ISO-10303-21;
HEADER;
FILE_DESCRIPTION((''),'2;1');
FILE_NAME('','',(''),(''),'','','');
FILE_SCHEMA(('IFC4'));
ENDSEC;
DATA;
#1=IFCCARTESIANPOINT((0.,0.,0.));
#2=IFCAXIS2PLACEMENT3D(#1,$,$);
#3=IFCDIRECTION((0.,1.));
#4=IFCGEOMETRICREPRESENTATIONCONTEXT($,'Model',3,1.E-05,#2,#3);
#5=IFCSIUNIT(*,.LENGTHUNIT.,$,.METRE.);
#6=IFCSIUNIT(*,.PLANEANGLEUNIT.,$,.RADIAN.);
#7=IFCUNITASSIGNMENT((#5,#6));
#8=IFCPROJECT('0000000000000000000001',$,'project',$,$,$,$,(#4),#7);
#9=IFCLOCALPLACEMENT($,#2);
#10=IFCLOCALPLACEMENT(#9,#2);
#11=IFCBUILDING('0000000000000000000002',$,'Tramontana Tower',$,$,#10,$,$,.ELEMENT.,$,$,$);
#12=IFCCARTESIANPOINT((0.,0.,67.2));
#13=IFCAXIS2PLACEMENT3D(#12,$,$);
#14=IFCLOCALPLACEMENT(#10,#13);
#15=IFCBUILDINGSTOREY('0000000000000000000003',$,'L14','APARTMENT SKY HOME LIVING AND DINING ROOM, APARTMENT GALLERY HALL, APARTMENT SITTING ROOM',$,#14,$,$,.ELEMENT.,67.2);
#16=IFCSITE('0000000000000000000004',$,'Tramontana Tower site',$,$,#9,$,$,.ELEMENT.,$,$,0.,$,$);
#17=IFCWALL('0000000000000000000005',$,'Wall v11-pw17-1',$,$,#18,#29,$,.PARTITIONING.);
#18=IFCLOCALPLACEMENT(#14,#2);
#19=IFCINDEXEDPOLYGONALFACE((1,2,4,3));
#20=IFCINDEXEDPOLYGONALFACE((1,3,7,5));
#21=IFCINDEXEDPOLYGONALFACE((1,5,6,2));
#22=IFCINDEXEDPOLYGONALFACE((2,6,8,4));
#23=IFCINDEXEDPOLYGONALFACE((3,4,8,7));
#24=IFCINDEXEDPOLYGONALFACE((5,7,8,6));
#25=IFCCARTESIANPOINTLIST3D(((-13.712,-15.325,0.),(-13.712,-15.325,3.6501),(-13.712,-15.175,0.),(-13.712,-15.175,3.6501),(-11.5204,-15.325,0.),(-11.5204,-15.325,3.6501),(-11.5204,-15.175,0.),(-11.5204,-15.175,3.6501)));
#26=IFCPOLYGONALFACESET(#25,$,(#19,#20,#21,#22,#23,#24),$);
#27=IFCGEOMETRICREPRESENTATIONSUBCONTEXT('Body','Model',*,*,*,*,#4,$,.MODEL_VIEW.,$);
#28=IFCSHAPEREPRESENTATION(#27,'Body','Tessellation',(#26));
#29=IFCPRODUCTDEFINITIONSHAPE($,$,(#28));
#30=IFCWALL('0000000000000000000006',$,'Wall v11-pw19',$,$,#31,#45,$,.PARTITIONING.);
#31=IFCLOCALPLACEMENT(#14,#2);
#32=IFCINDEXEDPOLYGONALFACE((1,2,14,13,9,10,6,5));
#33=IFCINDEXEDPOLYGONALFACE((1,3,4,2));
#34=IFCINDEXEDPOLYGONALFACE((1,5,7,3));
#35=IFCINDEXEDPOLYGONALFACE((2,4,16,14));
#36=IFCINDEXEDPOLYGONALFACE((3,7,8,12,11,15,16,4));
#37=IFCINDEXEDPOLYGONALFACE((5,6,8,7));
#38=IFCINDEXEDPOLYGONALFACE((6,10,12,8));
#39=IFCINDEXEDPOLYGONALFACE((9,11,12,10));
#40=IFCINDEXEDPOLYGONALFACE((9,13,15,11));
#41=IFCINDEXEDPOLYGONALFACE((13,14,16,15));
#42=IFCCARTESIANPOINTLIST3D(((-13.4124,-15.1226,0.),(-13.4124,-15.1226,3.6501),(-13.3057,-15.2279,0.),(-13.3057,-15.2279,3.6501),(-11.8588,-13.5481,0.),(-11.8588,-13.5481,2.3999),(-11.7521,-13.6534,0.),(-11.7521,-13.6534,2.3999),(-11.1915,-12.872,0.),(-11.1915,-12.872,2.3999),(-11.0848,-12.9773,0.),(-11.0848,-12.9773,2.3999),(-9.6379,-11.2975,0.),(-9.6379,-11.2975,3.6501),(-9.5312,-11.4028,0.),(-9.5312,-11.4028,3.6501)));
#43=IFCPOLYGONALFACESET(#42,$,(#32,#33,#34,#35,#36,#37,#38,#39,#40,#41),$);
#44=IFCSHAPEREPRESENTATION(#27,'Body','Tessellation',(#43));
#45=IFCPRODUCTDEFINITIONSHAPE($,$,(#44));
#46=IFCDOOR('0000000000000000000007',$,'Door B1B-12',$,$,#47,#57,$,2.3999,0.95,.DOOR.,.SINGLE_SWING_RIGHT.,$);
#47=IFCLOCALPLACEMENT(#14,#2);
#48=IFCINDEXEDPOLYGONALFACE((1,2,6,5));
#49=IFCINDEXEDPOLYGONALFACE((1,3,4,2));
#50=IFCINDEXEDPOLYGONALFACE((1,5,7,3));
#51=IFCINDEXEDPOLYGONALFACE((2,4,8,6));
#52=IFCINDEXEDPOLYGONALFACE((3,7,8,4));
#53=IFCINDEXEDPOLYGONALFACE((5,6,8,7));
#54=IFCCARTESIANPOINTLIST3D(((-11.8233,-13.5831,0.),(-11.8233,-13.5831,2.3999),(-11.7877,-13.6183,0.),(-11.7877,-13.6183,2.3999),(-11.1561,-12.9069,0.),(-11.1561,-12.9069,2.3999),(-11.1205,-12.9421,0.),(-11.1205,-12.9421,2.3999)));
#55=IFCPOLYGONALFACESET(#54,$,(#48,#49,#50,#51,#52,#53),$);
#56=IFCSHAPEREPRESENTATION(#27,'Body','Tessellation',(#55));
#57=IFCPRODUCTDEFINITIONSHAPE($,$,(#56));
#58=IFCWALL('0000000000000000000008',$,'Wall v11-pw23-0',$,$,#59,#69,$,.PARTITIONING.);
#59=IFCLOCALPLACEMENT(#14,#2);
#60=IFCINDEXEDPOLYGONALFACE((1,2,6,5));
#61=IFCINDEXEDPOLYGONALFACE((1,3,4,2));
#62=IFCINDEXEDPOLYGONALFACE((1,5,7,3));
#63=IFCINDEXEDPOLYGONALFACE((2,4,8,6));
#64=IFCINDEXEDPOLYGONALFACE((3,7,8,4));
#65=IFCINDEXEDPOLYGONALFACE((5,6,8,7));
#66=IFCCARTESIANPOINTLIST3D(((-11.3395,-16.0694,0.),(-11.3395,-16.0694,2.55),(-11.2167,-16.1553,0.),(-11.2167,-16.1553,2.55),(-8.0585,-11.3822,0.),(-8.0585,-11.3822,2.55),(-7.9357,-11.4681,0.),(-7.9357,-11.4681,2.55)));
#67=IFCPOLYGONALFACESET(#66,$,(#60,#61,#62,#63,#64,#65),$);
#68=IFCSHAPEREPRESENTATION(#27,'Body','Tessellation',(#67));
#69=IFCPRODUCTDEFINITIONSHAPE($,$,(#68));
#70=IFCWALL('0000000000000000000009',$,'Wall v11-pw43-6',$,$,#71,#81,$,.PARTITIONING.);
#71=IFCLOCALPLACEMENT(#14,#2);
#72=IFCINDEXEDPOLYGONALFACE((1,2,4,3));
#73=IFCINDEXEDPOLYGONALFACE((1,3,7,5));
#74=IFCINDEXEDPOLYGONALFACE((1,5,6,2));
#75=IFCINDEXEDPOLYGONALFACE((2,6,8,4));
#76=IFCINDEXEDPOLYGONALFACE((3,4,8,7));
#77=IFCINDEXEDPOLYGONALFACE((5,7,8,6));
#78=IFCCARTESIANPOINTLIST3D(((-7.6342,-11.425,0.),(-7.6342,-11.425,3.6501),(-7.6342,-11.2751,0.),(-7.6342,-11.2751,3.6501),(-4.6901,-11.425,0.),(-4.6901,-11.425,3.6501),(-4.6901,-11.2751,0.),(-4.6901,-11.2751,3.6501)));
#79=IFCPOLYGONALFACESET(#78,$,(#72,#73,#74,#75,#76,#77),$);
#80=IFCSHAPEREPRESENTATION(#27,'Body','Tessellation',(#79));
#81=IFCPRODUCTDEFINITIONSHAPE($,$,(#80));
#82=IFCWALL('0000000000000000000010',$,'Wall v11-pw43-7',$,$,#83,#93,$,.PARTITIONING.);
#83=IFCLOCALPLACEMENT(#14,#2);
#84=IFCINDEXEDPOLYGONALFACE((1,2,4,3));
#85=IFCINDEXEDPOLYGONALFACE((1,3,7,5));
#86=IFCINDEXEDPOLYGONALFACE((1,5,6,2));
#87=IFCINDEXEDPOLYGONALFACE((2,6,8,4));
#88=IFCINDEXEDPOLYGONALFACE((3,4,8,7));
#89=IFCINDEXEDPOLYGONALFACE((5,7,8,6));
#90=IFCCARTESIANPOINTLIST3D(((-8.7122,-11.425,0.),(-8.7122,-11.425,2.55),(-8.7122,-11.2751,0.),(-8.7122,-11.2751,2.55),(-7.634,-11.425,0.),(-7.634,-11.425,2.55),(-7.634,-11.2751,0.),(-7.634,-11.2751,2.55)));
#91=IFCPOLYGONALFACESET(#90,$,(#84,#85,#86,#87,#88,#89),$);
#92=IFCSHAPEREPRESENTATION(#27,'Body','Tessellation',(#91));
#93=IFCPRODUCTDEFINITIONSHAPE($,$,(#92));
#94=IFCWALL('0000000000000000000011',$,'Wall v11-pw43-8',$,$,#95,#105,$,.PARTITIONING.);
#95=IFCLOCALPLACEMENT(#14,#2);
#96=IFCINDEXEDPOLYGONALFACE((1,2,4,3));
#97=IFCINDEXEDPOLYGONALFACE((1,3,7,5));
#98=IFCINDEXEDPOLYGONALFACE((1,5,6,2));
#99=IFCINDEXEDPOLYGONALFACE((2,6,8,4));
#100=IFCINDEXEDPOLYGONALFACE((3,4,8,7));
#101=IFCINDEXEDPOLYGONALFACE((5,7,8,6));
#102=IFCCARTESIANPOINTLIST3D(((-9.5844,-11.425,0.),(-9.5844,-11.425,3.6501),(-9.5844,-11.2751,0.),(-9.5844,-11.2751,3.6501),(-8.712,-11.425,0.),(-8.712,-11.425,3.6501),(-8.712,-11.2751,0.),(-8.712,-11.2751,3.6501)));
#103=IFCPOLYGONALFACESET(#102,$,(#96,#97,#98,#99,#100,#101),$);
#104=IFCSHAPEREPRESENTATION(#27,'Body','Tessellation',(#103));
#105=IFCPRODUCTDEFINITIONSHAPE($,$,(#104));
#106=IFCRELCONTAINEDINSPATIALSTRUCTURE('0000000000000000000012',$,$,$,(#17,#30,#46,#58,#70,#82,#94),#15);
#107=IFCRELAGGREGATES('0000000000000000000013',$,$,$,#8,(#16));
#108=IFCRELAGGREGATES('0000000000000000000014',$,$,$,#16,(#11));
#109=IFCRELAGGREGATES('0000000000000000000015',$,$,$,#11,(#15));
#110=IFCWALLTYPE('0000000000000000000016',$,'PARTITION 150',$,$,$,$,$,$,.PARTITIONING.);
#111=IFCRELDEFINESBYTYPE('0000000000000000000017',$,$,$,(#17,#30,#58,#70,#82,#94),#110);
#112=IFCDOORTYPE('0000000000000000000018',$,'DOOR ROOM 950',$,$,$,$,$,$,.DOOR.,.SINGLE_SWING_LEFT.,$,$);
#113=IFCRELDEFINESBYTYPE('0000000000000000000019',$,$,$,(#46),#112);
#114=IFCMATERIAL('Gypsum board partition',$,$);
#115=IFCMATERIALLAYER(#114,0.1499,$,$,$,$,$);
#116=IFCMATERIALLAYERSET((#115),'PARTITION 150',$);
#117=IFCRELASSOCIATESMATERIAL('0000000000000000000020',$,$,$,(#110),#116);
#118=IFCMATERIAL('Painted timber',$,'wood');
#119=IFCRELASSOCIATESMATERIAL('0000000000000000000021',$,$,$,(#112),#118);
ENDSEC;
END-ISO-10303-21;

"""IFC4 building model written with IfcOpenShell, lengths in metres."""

from ifc_helpers import new_model, si_unit, direction, frame, frame_2d, origin, place, context, subcontext, project, spatial, rectangle, extrude, material, layer, layer_set, type_object, element, fill, save


model = new_model("IFC4")

# Units and contexts
model_context = context("Model", 3, precision=1e-05, world=origin(), true_north=direction((0.0, 1.0)))
body_context = subcontext(model_context, "Body", "Model", "MODEL_VIEW")
ifc_project = project(units=[si_unit("LENGTHUNIT", "METRE"), si_unit("PLANEANGLEUNIT", "RADIAN")], contexts=[model_context])

# Site, building, storey
site_placement = place(None, origin())
site = spatial("IfcSite", under=ifc_project, at=site_placement, Name="Tramontana Tower site", CompositionType="ELEMENT", RefElevation=0.0)
building_placement = place(site_placement, origin())
building = spatial("IfcBuilding", under=site, at=building_placement, Name="Tramontana Tower", CompositionType="ELEMENT")
storey_placement = place(building_placement, frame((0.0, 0.0, 67.2)))
storey = spatial("IfcBuildingStorey", under=building, at=storey_placement, Name="L14", Description="APARTMENT SKY HOME LIVING AND DINING ROOM, APARTMENT GALLERY HALL, APARTMENT SITTING ROOM", CompositionType="ELEMENT", Elevation=67.2)

# Wall
ifc_material_1 = material(Name="Gypsum board partition")
ifc_layer_1 = layer(ifc_material_1, 0.1499)
ifc_layer_set_1 = layer_set([ifc_layer_1], Name="PARTITION 150")
wall_type_1 = type_object("IfcWallType", Name="PARTITION 150", PredefinedType="PARTITIONING", material=ifc_layer_set_1)
wall_1_placement = place(storey_placement, frame((-11.5205, -15.25, 0.0), z_axis=(0.0, 0.0, 1.0), x_axis=(-1.0, 0.0, 0.0)))
element("IfcWall", 1, at=wall_1_placement, inside=storey, type_object=wall_type_1, Name="Wall v11-pw17-1", PredefinedType="PARTITIONING", context=body_context, shape_type="SweptSolid", body=[
    extrude(rectangle(XDim=2.1917, YDim=0.1499, at=frame_2d((1.0957, 0.0))), origin(), (0.0, 0.0, 1.0), 3.6501),
])

# Wall, opening, door
wall_2_placement = place(storey_placement, frame((-9.5845, -11.3501, 0.0), z_axis=(0.0, 0.0, 1.0), x_axis=(-0.702389, -0.711793, 0.0)))
wall_2 = element("IfcWall", 2, at=wall_2_placement, inside=storey, type_object=wall_type_1, Name="Wall v11-pw19", PredefinedType="PARTITIONING", context=body_context, shape_type="SweptSolid", body=[
    extrude(rectangle(XDim=5.3738, YDim=0.1499, at=frame_2d((2.687, 0.0))), origin(), (0.0, 0.0, 1.0), 3.6501),
])
opening_1_placement = place(wall_2_placement, frame((2.2119, 0.0, 0.0)))
opening_1 = element("IfcOpeningElement", 3, at=opening_1_placement, cuts=wall_2, PredefinedType="OPENING", context=body_context, shape_type="SweptSolid", body=[
    extrude(rectangle(XDim=0.95, YDim=2.3999, at=frame_2d((0.4751, 1.2))), frame((0.0, 0.085, 0.0), z_axis=(0.0, -1.0, 0.0), x_axis=(1.0, 0.0, 0.0)), (0.0, 0.0, 1.0), 0.1699),
])
ifc_material_2 = material(Name="Painted timber", Category="wood")
door_type_1 = type_object("IfcDoorType", Name="DOOR ROOM 950", OperationType="SINGLE_SWING_LEFT", PredefinedType="DOOR", material=ifc_material_2)
door_1_placement = place(opening_1_placement, origin())
door_1 = element("IfcDoor", 4, at=door_1_placement, inside=storey, type_object=door_type_1, Name="Door B1B-12", OperationType="SINGLE_SWING_RIGHT", OverallHeight=2.3999, OverallWidth=0.95, PredefinedType="DOOR", context=body_context, shape_type="SweptSolid", body=[
    extrude(rectangle(XDim=0.95, YDim=2.3999, at=frame_2d((0.4751, 1.2))), frame((0.0, 0.0249, 0.0), z_axis=(0.0, -1.0, 0.0), x_axis=(1.0, 0.0, 0.0)), (0.0, 0.0, 1.0), 0.05),
])
fill(opening_1, door_1)

# Wall
wall_3_placement = place(storey_placement, frame((-7.9971, -11.425, 0.0), z_axis=(0.0, 0.0, 1.0), x_axis=(-0.573454, -0.819238, 0.0)))
element("IfcWall", 5, at=wall_3_placement, inside=storey, type_object=wall_type_1, Name="Wall v11-pw23-0", PredefinedType="PARTITIONING", context=body_context, shape_type="SweptSolid", body=[
    extrude(rectangle(XDim=5.7214, YDim=0.1499, at=frame_2d((2.8608, 0.0))), origin(), (0.0, 0.0, 1.0), 2.55),
])

# Walls
wall_4_placement = place(storey_placement, frame((-4.6899, -11.3501, 0.0), z_axis=(0.0, 0.0, 1.0), x_axis=(-1.0, 0.0, 0.0)))
element("IfcWall", 6, at=wall_4_placement, inside=storey, type_object=wall_type_1, Name="Wall v11-pw43-6", PredefinedType="PARTITIONING", context=body_context, shape_type="SweptSolid", body=[
    extrude(rectangle(XDim=2.9441, YDim=0.1499, at=frame_2d((1.4722, 0.0))), origin(), (0.0, 0.0, 1.0), 3.6501),
])
wall_5_placement = place(storey_placement, frame((-7.634, -11.3501, 0.0), z_axis=(0.0, 0.0, 1.0), x_axis=(-1.0, 0.0, 0.0)))
element("IfcWall", 7, at=wall_5_placement, inside=storey, type_object=wall_type_1, Name="Wall v11-pw43-7", PredefinedType="PARTITIONING", context=body_context, shape_type="SweptSolid", body=[
    extrude(rectangle(XDim=1.0781, YDim=0.1499, at=frame_2d((0.5391, 0.0))), origin(), (0.0, 0.0, 1.0), 2.55),
])
wall_6_placement = place(storey_placement, frame((-8.7122, -11.3501, 0.0), z_axis=(0.0, 0.0, 1.0), x_axis=(-1.0, 0.0, 0.0)))
element("IfcWall", 8, at=wall_6_placement, inside=storey, type_object=wall_type_1, Name="Wall v11-pw43-8", PredefinedType="PARTITIONING", context=body_context, shape_type="SweptSolid", body=[
    extrude(rectangle(XDim=0.8723, YDim=0.1499, at=frame_2d((0.436, 0.0))), origin(), (0.0, 0.0, 1.0), 3.6501),
])

save(model, "model.ifc")
